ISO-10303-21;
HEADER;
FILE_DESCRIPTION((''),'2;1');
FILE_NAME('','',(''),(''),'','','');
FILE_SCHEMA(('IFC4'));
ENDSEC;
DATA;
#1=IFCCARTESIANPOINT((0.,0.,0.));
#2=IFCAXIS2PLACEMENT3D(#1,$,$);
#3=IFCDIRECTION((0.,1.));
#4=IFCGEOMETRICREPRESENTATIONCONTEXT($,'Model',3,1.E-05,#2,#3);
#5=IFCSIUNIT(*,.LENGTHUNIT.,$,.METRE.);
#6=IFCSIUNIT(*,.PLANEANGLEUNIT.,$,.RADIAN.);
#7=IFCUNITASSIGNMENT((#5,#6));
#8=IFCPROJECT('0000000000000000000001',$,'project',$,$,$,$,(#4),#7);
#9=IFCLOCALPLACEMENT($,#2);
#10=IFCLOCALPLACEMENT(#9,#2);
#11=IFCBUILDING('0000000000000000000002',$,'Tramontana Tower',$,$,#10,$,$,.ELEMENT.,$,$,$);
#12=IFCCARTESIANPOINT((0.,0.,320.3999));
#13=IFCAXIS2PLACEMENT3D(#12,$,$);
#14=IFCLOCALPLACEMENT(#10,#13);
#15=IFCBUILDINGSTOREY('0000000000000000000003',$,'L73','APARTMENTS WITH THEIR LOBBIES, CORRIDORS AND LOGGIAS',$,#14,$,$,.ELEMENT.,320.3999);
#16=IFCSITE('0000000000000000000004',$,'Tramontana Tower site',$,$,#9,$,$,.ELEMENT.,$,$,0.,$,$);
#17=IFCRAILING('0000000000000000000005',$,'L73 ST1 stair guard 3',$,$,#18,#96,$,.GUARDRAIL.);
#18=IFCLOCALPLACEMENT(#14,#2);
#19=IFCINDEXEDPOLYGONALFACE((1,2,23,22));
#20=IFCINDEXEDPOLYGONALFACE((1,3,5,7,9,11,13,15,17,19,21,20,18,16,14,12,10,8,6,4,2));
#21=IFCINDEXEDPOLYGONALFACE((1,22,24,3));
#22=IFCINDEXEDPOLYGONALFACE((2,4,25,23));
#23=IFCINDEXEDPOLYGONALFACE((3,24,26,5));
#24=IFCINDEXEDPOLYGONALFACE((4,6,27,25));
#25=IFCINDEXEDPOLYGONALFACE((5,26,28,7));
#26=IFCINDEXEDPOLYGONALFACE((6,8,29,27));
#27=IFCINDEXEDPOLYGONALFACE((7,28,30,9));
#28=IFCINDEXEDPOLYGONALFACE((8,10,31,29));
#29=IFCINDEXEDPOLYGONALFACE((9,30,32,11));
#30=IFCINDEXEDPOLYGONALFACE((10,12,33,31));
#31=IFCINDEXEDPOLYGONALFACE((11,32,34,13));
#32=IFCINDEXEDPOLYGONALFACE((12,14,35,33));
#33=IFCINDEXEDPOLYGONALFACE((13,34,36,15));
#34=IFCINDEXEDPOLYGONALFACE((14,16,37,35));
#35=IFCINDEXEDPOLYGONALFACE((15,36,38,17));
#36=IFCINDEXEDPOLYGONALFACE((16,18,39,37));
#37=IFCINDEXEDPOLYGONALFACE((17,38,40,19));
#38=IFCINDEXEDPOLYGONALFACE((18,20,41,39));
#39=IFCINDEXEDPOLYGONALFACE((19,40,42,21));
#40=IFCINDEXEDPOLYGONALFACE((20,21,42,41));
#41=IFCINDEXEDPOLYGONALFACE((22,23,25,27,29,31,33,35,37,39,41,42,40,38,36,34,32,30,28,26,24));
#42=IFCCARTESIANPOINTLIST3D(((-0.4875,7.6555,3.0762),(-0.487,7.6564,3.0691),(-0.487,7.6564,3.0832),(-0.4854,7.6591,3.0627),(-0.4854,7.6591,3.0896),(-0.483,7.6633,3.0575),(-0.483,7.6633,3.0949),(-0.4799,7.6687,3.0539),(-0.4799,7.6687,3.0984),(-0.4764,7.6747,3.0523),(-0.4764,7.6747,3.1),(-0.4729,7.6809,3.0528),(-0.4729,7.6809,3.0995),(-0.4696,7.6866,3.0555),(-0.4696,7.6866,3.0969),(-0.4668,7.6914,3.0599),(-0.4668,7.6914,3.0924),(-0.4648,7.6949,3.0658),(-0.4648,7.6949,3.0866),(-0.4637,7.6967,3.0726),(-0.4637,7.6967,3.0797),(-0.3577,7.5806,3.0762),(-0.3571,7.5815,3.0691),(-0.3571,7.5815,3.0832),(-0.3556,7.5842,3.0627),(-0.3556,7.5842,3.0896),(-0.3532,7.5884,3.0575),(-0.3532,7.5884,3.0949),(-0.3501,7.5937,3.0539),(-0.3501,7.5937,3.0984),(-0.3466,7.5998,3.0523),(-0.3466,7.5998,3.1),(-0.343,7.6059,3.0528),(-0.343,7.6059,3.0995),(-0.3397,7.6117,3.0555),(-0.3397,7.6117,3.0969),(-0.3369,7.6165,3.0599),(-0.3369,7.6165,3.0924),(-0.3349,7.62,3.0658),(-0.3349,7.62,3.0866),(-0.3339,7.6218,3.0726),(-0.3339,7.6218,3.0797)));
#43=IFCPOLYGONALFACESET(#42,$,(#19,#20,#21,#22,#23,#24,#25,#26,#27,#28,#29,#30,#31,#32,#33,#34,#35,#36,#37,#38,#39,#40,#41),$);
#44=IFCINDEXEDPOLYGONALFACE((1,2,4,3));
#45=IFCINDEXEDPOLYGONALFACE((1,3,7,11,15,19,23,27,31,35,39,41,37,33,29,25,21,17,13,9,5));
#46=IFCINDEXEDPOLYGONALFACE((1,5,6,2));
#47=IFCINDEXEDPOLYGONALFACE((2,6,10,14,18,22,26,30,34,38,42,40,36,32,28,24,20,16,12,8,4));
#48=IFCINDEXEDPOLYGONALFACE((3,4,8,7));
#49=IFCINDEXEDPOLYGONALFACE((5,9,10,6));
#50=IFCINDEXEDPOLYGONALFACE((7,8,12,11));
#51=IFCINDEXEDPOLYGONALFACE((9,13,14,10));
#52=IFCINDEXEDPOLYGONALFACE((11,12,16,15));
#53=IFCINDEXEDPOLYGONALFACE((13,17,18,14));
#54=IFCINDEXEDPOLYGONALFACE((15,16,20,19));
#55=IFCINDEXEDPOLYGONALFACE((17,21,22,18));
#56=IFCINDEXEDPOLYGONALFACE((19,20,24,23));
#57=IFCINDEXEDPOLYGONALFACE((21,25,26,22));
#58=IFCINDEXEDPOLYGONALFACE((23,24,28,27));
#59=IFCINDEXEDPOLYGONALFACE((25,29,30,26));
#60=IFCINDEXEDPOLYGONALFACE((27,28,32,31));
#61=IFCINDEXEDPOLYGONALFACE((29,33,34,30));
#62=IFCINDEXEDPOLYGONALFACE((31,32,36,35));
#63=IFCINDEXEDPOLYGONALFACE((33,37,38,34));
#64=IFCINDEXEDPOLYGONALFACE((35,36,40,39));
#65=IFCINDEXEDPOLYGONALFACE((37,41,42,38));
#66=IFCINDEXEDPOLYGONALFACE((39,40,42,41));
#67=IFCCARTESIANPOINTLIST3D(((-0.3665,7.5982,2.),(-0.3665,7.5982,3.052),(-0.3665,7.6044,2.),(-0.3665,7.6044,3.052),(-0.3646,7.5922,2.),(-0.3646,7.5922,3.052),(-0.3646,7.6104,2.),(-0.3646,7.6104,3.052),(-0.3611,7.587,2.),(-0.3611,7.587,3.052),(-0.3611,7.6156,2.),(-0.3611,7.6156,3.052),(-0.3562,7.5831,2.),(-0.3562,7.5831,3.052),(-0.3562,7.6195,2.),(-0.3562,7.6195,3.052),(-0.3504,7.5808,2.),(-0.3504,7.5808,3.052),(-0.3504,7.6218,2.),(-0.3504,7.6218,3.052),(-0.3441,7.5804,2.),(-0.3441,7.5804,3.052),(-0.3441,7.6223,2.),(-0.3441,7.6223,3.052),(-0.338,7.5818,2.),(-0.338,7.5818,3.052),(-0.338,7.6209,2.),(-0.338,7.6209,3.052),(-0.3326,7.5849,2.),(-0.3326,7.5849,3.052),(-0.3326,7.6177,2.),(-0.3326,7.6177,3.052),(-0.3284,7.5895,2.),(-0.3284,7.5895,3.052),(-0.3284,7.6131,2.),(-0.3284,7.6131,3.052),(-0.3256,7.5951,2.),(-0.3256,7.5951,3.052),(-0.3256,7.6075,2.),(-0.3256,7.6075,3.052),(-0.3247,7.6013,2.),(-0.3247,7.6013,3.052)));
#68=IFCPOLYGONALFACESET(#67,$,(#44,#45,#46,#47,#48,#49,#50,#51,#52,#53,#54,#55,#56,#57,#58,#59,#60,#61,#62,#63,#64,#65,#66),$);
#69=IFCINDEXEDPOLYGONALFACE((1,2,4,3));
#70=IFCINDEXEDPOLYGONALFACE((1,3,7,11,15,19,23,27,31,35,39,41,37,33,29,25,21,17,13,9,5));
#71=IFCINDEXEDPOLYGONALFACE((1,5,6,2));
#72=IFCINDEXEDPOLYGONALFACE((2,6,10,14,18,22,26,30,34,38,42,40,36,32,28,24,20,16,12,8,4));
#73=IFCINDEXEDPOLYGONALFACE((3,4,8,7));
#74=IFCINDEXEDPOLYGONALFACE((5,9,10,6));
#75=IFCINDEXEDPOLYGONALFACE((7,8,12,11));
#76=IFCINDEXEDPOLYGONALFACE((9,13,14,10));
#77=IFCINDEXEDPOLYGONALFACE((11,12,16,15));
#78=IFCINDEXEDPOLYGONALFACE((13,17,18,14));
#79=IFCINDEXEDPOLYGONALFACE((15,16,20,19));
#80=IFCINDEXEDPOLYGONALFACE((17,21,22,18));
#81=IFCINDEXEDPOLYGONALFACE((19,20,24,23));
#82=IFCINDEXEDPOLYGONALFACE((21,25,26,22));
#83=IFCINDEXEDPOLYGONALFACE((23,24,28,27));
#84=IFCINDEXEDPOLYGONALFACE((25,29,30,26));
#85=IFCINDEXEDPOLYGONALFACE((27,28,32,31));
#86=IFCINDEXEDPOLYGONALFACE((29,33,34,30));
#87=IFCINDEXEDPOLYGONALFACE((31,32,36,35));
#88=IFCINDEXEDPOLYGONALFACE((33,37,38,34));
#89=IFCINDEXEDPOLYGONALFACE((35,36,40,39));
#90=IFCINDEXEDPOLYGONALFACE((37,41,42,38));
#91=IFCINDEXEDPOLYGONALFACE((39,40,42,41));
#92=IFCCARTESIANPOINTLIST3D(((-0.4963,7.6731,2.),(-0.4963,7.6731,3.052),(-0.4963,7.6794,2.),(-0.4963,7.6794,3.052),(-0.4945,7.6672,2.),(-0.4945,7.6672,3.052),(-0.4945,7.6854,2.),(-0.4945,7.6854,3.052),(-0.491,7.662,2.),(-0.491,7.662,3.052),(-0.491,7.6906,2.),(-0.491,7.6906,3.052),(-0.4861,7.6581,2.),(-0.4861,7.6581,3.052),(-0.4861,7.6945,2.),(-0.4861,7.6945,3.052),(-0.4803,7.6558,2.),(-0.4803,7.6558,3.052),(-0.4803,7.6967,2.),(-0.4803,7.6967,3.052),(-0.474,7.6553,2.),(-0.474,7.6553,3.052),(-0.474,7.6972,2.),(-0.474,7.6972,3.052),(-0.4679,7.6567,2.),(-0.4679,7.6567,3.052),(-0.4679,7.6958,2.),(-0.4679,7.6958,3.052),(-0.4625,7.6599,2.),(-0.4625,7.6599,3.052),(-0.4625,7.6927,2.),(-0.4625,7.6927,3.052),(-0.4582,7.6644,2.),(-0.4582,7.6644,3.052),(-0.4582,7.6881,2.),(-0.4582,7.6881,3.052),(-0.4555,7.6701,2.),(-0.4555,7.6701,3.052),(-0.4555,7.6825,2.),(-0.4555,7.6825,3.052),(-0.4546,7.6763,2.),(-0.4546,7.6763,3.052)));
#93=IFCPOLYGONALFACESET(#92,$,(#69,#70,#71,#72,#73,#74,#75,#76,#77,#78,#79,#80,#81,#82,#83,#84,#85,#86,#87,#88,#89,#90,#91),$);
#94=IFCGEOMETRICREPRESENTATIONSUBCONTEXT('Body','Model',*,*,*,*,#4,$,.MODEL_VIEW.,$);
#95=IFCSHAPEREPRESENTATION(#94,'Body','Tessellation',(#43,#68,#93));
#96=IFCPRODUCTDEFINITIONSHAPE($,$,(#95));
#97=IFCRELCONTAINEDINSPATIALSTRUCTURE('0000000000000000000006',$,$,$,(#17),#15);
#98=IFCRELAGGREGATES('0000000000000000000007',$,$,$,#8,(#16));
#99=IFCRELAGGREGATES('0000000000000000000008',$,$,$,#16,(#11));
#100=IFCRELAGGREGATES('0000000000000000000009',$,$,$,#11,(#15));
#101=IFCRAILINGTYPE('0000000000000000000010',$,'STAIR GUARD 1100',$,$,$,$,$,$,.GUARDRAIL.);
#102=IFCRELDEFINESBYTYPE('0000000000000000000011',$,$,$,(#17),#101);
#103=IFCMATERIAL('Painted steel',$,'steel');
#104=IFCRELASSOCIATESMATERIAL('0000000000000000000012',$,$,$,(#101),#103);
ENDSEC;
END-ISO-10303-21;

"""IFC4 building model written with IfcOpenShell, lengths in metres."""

from ifc_helpers import new_model, si_unit, direction, frame, origin, origin_2d, place, context, subcontext, project, spatial, circle, extrude, material, type_object, element, save


model = new_model("IFC4")

# Units and contexts
model_context = context("Model", 3, precision=1e-05, world=origin(), true_north=direction((0.0, 1.0)))
body_context = subcontext(model_context, "Body", "Model", "MODEL_VIEW")
ifc_project = project(units=[si_unit("LENGTHUNIT", "METRE"), si_unit("PLANEANGLEUNIT", "RADIAN")], contexts=[model_context])

# Site, building, storey
site_placement = place(None, origin())
site = spatial("IfcSite", under=ifc_project, at=site_placement, Name="Tramontana Tower site", CompositionType="ELEMENT", RefElevation=0.0)
building_placement = place(site_placement, origin())
building = spatial("IfcBuilding", under=site, at=building_placement, Name="Tramontana Tower", CompositionType="ELEMENT")
storey_placement = place(building_placement, frame((0.0, 0.0, 320.3999)))
storey = spatial("IfcBuildingStorey", under=building, at=storey_placement, Name="L73", Description="APARTMENTS WITH THEIR LOBBIES, CORRIDORS AND LOGGIAS", CompositionType="ELEMENT", Elevation=320.3999)

# Railing
ifc_material_1 = material(Name="Painted steel", Category="steel")
railing_type_1 = type_object("IfcRailingType", Name="STAIR GUARD 1100", PredefinedType="GUARDRAIL", material=ifc_material_1)
railing_1_placement = place(storey_placement, frame((-0.3457, 7.6013, 2.0)))
element("IfcRailing", 1, at=railing_1_placement, inside=storey, type_object=railing_type_1, Name="L73 ST1 stair guard 3", PredefinedType="GUARDRAIL", context=body_context, shape_type="SweptSolid", body=[
    extrude(circle(Radius=0.0239, at=origin_2d()), frame((0.0, 0.0, 1.0762), z_axis=(-0.866131, 0.499816, 0.0), x_axis=(-0.499816, -0.866131, 0.0)), (0.0, 0.0, 1.0), 0.1499),
    extrude(circle(Radius=0.021, at=origin_2d()), origin(), (0.0, 0.0, 1.0), 1.052),
    extrude(circle(Radius=0.021, at=origin_2d()), frame((-0.1299, 0.075, 0.0)), (0.0, 0.0, 1.0), 1.052),
])

save(model, "model.ifc")
